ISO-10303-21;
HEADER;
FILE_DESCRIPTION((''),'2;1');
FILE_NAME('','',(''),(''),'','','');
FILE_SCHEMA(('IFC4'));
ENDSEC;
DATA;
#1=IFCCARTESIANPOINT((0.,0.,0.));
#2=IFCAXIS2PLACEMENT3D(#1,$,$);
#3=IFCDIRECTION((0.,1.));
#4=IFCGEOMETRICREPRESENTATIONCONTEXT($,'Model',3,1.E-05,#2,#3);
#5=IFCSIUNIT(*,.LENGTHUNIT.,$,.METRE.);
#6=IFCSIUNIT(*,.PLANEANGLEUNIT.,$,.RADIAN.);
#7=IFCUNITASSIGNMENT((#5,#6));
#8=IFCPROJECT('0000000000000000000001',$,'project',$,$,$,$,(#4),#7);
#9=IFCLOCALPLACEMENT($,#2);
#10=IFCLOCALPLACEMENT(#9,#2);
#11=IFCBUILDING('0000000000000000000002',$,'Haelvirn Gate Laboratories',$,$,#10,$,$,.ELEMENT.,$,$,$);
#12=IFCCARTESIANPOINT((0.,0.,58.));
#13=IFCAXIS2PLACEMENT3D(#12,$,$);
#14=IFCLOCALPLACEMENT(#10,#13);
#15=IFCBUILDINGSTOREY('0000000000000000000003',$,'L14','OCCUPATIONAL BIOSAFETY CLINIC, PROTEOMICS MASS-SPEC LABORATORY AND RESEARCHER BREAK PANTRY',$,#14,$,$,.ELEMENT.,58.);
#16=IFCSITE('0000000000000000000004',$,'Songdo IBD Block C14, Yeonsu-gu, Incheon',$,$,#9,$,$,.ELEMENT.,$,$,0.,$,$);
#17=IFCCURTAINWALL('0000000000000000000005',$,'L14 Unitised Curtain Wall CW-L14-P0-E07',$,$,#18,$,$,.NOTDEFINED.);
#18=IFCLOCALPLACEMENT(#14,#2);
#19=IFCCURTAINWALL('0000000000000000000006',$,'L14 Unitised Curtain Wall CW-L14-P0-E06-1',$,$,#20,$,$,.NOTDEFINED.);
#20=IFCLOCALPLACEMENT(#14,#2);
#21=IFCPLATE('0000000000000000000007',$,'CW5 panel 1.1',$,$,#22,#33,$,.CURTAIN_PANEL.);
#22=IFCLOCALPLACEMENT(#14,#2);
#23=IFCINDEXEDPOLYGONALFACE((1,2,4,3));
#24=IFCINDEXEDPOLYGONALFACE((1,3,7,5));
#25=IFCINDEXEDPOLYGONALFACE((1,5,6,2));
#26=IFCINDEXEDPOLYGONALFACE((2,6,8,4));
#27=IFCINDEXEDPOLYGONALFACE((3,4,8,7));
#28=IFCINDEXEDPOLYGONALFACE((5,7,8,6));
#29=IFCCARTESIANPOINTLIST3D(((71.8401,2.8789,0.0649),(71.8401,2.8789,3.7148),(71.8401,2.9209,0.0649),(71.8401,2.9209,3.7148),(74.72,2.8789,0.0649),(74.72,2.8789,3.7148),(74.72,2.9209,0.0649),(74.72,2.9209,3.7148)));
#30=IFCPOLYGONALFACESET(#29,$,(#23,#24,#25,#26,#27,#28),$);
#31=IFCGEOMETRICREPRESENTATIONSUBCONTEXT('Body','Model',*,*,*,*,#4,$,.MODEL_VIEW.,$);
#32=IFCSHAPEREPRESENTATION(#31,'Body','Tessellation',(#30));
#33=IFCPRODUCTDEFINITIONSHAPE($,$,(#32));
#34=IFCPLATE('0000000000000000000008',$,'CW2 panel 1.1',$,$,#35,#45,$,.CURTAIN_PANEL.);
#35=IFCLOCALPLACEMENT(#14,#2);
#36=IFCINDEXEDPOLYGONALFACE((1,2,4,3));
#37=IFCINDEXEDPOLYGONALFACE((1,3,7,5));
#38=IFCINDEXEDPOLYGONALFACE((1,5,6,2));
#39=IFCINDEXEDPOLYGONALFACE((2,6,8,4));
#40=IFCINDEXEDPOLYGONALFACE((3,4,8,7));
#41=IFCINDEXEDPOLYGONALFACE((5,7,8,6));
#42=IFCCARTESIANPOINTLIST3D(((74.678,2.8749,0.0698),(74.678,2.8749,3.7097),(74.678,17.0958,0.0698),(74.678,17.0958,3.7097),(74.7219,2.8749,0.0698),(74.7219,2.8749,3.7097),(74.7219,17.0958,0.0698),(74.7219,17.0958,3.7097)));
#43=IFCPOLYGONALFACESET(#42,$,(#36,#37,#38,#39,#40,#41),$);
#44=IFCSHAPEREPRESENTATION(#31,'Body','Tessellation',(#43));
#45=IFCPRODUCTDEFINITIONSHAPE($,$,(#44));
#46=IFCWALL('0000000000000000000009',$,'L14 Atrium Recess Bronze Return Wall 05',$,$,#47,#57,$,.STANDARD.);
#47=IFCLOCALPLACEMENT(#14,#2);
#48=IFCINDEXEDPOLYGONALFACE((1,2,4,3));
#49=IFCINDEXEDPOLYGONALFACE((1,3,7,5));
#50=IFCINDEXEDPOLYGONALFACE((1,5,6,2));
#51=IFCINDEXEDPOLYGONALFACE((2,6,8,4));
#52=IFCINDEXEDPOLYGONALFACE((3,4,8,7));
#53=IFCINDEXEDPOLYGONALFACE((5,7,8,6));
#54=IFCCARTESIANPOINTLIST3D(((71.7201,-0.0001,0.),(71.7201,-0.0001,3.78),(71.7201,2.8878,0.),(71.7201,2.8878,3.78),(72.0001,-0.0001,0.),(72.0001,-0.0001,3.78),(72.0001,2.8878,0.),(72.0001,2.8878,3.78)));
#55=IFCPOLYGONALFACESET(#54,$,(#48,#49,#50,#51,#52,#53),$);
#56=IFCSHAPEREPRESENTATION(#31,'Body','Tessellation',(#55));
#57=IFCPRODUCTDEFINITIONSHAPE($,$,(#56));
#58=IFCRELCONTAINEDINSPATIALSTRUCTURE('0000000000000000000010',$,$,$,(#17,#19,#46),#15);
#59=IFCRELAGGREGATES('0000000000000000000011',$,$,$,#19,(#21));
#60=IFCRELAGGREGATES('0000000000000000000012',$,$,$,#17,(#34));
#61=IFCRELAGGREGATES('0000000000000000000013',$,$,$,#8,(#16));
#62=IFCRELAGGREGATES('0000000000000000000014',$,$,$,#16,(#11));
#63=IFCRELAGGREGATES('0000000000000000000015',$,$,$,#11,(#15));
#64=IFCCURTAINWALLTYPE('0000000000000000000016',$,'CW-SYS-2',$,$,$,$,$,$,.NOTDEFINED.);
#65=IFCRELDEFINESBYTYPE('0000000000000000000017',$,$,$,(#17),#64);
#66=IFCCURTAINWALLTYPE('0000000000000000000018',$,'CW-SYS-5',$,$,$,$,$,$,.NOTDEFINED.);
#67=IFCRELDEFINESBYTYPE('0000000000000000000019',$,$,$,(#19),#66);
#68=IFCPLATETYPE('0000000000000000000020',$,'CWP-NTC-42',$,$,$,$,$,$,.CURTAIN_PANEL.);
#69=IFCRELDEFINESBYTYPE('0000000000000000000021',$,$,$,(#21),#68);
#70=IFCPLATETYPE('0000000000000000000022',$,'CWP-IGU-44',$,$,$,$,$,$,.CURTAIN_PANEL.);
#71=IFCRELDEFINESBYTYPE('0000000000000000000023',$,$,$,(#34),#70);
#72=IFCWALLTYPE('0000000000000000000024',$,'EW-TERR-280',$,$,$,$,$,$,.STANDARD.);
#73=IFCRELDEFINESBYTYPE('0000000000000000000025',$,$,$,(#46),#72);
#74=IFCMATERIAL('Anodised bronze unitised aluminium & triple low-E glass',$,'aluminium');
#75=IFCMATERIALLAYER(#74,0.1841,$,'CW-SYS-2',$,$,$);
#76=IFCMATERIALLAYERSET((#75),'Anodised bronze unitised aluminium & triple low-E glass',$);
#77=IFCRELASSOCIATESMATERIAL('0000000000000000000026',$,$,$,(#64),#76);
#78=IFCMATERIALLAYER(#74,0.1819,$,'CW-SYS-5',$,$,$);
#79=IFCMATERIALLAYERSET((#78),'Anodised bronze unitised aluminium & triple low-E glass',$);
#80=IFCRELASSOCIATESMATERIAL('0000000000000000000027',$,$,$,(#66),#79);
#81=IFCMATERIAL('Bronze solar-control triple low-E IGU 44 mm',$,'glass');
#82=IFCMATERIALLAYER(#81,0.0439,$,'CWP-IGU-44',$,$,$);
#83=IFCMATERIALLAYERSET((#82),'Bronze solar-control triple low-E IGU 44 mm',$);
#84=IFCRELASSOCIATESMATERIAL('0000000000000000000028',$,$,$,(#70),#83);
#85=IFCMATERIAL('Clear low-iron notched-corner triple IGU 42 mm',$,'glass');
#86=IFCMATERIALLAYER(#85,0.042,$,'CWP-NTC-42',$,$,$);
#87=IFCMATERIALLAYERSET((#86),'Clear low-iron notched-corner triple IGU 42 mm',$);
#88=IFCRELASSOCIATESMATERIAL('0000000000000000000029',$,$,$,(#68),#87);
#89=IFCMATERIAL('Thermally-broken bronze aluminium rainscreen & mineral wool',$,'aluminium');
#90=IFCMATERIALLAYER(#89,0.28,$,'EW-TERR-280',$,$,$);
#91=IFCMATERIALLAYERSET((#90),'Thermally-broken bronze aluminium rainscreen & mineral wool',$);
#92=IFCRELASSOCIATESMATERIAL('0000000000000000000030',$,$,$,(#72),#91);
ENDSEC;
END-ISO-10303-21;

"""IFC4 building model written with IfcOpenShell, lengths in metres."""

from ifc_helpers import new_model, si_unit, direction, frame, frame_2d, origin, origin_2d, place, context, subcontext, project, spatial, rectangle, extrude, source, transform, mapped, material, layer, layer_set, type_object, type_shapes, element, aggregate, save


model = new_model("IFC4")

# Units and contexts
model_context = context("Model", 3, precision=1e-05, world=origin(), true_north=direction((0.0, 1.0)))
body_context = subcontext(model_context, "Body", "Model", "MODEL_VIEW")
ifc_project = project(units=[si_unit("LENGTHUNIT", "METRE"), si_unit("PLANEANGLEUNIT", "RADIAN")], contexts=[model_context])

# Site, building, storey
site_placement = place(None, origin())
site = spatial("IfcSite", under=ifc_project, at=site_placement, Name="Songdo IBD Block C14, Yeonsu-gu, Incheon", CompositionType="ELEMENT", RefElevation=0.0)
building_placement = place(site_placement, origin())
building = spatial("IfcBuilding", under=site, at=building_placement, Name="Haelvirn Gate Laboratories", CompositionType="ELEMENT")
storey_placement = place(building_placement, frame((0.0, 0.0, 58.0)))
storey = spatial("IfcBuildingStorey", under=building, at=storey_placement, Name="L14", Description="OCCUPATIONAL BIOSAFETY CLINIC, PROTEOMICS MASS-SPEC LABORATORY AND RESEARCHER BREAK PANTRY", CompositionType="ELEMENT", Elevation=58.0)

# Shared definitions
ifc_material_1 = material(Name="Anodised bronze unitised aluminium & triple low-E glass", Category="aluminium")
ifc_layer_1 = layer(ifc_material_1, 0.1841, Name="CW-SYS-2")
ifc_layer_set_1 = layer_set([ifc_layer_1], Name="Anodised bronze unitised aluminium & triple low-E glass")
curtain_wall_type_1 = type_object("IfcCurtainWallType", Name="CW-SYS-2", PredefinedType="NOTDEFINED", material=ifc_layer_set_1)

# Curtain wall
curtain_wall_1_placement = place(storey_placement, origin())
curtain_wall_1 = element("IfcCurtainWall", 1, at=curtain_wall_1_placement, inside=storey, type_object=curtain_wall_type_1, Name="L14 Unitised Curtain Wall CW-L14-P0-E07", PredefinedType="NOTDEFINED")

# Curtain wall
ifc_layer_2 = layer(ifc_material_1, 0.1819, Name="CW-SYS-5")
ifc_layer_set_2 = layer_set([ifc_layer_2], Name="Anodised bronze unitised aluminium & triple low-E glass")
curtain_wall_type_2 = type_object("IfcCurtainWallType", Name="CW-SYS-5", PredefinedType="NOTDEFINED", material=ifc_layer_set_2)
curtain_wall_2_placement = place(storey_placement, origin())
curtain_wall_2 = element("IfcCurtainWall", 2, at=curtain_wall_2_placement, inside=storey, type_object=curtain_wall_type_2, Name="L14 Unitised Curtain Wall CW-L14-P0-E06-1", PredefinedType="NOTDEFINED")

# Plates
ifc_material_2 = material(Name="Bronze solar-control triple low-E IGU 44 mm", Category="glass")
ifc_layer_3 = layer(ifc_material_2, 0.0439, Name="CWP-IGU-44")
ifc_layer_set_3 = layer_set([ifc_layer_3], Name="Bronze solar-control triple low-E IGU 44 mm")
plate_type_1 = type_object("IfcPlateType", Name="CWP-IGU-44", PredefinedType="CURTAIN_PANEL", material=ifc_layer_set_3)
ifc_material_3 = material(Name="Clear low-iron notched-corner triple IGU 42 mm", Category="glass")
ifc_layer_4 = layer(ifc_material_3, 0.042, Name="CWP-NTC-42")
ifc_layer_set_4 = layer_set([ifc_layer_4], Name="Clear low-iron notched-corner triple IGU 42 mm")
plate_type_2 = type_object("IfcPlateType", Name="CWP-NTC-42", PredefinedType="CURTAIN_PANEL", material=ifc_layer_set_4)
shared_shape_1 = source(origin(), body_context, "Body", "SweptSolid", [
    extrude(rectangle(XDim=2.8799, YDim=0.042, at=origin_2d()), origin(), (0.0, 0.0, 1.0), 3.6499),
])
type_shapes(plate_type_2, [shared_shape_1])
plate_1_placement = place(storey_placement, frame((73.28, 2.8999, 0.0649), z_axis=(0.0, 0.0, 1.0), x_axis=(1.0, 0.0, 0.0)))
plate_1 = element("IfcPlate", 3, at=plate_1_placement, type_object=plate_type_2, Name="CW5 panel 1.1", PredefinedType="CURTAIN_PANEL", context=body_context, shape_type="MappedRepresentation", body=[
    mapped(shared_shape_1, transform((0.0, 0.0, 0.0), scale=1.0)),
])
aggregate(curtain_wall_2, [plate_1])
shared_shape_2 = source(origin(), body_context, "Body", "SweptSolid", [
    extrude(rectangle(XDim=14.2209, YDim=0.0439, at=origin_2d()), origin(), (0.0, 0.0, 1.0), 3.6399),
])
plate_2_placement = place(storey_placement, frame((74.7, 9.9854, 0.0698), z_axis=(0.0, 0.0, 1.0), x_axis=(0.0, 1.0, 0.0)))
plate_2 = element("IfcPlate", 4, at=plate_2_placement, type_object=plate_type_1, Name="CW2 panel 1.1", PredefinedType="CURTAIN_PANEL", context=body_context, shape_type="MappedRepresentation", body=[
    mapped(shared_shape_2, transform((0.0, 0.0, 0.0), scale=1.0)),
])
aggregate(curtain_wall_1, [plate_2])

# Wall
ifc_material_4 = material(Name="Thermally-broken bronze aluminium rainscreen & mineral wool", Category="aluminium")
ifc_layer_5 = layer(ifc_material_4, 0.28, Name="EW-TERR-280")
ifc_layer_set_5 = layer_set([ifc_layer_5], Name="Thermally-broken bronze aluminium rainscreen & mineral wool")
wall_type = type_object("IfcWallType", Name="EW-TERR-280", PredefinedType="STANDARD", material=ifc_layer_set_5)
wall_placement = place(storey_placement, frame((71.8601, 0.0, 0.0), z_axis=(0.0, 0.0, 1.0), x_axis=(0.0, 1.0, 0.0)))
element("IfcWall", 5, at=wall_placement, inside=storey, type_object=wall_type, Name="L14 Atrium Recess Bronze Return Wall 05", PredefinedType="STANDARD", context=body_context, shape_type="SweptSolid", body=[
    extrude(rectangle(XDim=2.8879, YDim=0.28, at=frame_2d((1.4438, 0.0))), origin(), (0.0, 0.0, 1.0), 3.78),
])

save(model, "model.ifc")
